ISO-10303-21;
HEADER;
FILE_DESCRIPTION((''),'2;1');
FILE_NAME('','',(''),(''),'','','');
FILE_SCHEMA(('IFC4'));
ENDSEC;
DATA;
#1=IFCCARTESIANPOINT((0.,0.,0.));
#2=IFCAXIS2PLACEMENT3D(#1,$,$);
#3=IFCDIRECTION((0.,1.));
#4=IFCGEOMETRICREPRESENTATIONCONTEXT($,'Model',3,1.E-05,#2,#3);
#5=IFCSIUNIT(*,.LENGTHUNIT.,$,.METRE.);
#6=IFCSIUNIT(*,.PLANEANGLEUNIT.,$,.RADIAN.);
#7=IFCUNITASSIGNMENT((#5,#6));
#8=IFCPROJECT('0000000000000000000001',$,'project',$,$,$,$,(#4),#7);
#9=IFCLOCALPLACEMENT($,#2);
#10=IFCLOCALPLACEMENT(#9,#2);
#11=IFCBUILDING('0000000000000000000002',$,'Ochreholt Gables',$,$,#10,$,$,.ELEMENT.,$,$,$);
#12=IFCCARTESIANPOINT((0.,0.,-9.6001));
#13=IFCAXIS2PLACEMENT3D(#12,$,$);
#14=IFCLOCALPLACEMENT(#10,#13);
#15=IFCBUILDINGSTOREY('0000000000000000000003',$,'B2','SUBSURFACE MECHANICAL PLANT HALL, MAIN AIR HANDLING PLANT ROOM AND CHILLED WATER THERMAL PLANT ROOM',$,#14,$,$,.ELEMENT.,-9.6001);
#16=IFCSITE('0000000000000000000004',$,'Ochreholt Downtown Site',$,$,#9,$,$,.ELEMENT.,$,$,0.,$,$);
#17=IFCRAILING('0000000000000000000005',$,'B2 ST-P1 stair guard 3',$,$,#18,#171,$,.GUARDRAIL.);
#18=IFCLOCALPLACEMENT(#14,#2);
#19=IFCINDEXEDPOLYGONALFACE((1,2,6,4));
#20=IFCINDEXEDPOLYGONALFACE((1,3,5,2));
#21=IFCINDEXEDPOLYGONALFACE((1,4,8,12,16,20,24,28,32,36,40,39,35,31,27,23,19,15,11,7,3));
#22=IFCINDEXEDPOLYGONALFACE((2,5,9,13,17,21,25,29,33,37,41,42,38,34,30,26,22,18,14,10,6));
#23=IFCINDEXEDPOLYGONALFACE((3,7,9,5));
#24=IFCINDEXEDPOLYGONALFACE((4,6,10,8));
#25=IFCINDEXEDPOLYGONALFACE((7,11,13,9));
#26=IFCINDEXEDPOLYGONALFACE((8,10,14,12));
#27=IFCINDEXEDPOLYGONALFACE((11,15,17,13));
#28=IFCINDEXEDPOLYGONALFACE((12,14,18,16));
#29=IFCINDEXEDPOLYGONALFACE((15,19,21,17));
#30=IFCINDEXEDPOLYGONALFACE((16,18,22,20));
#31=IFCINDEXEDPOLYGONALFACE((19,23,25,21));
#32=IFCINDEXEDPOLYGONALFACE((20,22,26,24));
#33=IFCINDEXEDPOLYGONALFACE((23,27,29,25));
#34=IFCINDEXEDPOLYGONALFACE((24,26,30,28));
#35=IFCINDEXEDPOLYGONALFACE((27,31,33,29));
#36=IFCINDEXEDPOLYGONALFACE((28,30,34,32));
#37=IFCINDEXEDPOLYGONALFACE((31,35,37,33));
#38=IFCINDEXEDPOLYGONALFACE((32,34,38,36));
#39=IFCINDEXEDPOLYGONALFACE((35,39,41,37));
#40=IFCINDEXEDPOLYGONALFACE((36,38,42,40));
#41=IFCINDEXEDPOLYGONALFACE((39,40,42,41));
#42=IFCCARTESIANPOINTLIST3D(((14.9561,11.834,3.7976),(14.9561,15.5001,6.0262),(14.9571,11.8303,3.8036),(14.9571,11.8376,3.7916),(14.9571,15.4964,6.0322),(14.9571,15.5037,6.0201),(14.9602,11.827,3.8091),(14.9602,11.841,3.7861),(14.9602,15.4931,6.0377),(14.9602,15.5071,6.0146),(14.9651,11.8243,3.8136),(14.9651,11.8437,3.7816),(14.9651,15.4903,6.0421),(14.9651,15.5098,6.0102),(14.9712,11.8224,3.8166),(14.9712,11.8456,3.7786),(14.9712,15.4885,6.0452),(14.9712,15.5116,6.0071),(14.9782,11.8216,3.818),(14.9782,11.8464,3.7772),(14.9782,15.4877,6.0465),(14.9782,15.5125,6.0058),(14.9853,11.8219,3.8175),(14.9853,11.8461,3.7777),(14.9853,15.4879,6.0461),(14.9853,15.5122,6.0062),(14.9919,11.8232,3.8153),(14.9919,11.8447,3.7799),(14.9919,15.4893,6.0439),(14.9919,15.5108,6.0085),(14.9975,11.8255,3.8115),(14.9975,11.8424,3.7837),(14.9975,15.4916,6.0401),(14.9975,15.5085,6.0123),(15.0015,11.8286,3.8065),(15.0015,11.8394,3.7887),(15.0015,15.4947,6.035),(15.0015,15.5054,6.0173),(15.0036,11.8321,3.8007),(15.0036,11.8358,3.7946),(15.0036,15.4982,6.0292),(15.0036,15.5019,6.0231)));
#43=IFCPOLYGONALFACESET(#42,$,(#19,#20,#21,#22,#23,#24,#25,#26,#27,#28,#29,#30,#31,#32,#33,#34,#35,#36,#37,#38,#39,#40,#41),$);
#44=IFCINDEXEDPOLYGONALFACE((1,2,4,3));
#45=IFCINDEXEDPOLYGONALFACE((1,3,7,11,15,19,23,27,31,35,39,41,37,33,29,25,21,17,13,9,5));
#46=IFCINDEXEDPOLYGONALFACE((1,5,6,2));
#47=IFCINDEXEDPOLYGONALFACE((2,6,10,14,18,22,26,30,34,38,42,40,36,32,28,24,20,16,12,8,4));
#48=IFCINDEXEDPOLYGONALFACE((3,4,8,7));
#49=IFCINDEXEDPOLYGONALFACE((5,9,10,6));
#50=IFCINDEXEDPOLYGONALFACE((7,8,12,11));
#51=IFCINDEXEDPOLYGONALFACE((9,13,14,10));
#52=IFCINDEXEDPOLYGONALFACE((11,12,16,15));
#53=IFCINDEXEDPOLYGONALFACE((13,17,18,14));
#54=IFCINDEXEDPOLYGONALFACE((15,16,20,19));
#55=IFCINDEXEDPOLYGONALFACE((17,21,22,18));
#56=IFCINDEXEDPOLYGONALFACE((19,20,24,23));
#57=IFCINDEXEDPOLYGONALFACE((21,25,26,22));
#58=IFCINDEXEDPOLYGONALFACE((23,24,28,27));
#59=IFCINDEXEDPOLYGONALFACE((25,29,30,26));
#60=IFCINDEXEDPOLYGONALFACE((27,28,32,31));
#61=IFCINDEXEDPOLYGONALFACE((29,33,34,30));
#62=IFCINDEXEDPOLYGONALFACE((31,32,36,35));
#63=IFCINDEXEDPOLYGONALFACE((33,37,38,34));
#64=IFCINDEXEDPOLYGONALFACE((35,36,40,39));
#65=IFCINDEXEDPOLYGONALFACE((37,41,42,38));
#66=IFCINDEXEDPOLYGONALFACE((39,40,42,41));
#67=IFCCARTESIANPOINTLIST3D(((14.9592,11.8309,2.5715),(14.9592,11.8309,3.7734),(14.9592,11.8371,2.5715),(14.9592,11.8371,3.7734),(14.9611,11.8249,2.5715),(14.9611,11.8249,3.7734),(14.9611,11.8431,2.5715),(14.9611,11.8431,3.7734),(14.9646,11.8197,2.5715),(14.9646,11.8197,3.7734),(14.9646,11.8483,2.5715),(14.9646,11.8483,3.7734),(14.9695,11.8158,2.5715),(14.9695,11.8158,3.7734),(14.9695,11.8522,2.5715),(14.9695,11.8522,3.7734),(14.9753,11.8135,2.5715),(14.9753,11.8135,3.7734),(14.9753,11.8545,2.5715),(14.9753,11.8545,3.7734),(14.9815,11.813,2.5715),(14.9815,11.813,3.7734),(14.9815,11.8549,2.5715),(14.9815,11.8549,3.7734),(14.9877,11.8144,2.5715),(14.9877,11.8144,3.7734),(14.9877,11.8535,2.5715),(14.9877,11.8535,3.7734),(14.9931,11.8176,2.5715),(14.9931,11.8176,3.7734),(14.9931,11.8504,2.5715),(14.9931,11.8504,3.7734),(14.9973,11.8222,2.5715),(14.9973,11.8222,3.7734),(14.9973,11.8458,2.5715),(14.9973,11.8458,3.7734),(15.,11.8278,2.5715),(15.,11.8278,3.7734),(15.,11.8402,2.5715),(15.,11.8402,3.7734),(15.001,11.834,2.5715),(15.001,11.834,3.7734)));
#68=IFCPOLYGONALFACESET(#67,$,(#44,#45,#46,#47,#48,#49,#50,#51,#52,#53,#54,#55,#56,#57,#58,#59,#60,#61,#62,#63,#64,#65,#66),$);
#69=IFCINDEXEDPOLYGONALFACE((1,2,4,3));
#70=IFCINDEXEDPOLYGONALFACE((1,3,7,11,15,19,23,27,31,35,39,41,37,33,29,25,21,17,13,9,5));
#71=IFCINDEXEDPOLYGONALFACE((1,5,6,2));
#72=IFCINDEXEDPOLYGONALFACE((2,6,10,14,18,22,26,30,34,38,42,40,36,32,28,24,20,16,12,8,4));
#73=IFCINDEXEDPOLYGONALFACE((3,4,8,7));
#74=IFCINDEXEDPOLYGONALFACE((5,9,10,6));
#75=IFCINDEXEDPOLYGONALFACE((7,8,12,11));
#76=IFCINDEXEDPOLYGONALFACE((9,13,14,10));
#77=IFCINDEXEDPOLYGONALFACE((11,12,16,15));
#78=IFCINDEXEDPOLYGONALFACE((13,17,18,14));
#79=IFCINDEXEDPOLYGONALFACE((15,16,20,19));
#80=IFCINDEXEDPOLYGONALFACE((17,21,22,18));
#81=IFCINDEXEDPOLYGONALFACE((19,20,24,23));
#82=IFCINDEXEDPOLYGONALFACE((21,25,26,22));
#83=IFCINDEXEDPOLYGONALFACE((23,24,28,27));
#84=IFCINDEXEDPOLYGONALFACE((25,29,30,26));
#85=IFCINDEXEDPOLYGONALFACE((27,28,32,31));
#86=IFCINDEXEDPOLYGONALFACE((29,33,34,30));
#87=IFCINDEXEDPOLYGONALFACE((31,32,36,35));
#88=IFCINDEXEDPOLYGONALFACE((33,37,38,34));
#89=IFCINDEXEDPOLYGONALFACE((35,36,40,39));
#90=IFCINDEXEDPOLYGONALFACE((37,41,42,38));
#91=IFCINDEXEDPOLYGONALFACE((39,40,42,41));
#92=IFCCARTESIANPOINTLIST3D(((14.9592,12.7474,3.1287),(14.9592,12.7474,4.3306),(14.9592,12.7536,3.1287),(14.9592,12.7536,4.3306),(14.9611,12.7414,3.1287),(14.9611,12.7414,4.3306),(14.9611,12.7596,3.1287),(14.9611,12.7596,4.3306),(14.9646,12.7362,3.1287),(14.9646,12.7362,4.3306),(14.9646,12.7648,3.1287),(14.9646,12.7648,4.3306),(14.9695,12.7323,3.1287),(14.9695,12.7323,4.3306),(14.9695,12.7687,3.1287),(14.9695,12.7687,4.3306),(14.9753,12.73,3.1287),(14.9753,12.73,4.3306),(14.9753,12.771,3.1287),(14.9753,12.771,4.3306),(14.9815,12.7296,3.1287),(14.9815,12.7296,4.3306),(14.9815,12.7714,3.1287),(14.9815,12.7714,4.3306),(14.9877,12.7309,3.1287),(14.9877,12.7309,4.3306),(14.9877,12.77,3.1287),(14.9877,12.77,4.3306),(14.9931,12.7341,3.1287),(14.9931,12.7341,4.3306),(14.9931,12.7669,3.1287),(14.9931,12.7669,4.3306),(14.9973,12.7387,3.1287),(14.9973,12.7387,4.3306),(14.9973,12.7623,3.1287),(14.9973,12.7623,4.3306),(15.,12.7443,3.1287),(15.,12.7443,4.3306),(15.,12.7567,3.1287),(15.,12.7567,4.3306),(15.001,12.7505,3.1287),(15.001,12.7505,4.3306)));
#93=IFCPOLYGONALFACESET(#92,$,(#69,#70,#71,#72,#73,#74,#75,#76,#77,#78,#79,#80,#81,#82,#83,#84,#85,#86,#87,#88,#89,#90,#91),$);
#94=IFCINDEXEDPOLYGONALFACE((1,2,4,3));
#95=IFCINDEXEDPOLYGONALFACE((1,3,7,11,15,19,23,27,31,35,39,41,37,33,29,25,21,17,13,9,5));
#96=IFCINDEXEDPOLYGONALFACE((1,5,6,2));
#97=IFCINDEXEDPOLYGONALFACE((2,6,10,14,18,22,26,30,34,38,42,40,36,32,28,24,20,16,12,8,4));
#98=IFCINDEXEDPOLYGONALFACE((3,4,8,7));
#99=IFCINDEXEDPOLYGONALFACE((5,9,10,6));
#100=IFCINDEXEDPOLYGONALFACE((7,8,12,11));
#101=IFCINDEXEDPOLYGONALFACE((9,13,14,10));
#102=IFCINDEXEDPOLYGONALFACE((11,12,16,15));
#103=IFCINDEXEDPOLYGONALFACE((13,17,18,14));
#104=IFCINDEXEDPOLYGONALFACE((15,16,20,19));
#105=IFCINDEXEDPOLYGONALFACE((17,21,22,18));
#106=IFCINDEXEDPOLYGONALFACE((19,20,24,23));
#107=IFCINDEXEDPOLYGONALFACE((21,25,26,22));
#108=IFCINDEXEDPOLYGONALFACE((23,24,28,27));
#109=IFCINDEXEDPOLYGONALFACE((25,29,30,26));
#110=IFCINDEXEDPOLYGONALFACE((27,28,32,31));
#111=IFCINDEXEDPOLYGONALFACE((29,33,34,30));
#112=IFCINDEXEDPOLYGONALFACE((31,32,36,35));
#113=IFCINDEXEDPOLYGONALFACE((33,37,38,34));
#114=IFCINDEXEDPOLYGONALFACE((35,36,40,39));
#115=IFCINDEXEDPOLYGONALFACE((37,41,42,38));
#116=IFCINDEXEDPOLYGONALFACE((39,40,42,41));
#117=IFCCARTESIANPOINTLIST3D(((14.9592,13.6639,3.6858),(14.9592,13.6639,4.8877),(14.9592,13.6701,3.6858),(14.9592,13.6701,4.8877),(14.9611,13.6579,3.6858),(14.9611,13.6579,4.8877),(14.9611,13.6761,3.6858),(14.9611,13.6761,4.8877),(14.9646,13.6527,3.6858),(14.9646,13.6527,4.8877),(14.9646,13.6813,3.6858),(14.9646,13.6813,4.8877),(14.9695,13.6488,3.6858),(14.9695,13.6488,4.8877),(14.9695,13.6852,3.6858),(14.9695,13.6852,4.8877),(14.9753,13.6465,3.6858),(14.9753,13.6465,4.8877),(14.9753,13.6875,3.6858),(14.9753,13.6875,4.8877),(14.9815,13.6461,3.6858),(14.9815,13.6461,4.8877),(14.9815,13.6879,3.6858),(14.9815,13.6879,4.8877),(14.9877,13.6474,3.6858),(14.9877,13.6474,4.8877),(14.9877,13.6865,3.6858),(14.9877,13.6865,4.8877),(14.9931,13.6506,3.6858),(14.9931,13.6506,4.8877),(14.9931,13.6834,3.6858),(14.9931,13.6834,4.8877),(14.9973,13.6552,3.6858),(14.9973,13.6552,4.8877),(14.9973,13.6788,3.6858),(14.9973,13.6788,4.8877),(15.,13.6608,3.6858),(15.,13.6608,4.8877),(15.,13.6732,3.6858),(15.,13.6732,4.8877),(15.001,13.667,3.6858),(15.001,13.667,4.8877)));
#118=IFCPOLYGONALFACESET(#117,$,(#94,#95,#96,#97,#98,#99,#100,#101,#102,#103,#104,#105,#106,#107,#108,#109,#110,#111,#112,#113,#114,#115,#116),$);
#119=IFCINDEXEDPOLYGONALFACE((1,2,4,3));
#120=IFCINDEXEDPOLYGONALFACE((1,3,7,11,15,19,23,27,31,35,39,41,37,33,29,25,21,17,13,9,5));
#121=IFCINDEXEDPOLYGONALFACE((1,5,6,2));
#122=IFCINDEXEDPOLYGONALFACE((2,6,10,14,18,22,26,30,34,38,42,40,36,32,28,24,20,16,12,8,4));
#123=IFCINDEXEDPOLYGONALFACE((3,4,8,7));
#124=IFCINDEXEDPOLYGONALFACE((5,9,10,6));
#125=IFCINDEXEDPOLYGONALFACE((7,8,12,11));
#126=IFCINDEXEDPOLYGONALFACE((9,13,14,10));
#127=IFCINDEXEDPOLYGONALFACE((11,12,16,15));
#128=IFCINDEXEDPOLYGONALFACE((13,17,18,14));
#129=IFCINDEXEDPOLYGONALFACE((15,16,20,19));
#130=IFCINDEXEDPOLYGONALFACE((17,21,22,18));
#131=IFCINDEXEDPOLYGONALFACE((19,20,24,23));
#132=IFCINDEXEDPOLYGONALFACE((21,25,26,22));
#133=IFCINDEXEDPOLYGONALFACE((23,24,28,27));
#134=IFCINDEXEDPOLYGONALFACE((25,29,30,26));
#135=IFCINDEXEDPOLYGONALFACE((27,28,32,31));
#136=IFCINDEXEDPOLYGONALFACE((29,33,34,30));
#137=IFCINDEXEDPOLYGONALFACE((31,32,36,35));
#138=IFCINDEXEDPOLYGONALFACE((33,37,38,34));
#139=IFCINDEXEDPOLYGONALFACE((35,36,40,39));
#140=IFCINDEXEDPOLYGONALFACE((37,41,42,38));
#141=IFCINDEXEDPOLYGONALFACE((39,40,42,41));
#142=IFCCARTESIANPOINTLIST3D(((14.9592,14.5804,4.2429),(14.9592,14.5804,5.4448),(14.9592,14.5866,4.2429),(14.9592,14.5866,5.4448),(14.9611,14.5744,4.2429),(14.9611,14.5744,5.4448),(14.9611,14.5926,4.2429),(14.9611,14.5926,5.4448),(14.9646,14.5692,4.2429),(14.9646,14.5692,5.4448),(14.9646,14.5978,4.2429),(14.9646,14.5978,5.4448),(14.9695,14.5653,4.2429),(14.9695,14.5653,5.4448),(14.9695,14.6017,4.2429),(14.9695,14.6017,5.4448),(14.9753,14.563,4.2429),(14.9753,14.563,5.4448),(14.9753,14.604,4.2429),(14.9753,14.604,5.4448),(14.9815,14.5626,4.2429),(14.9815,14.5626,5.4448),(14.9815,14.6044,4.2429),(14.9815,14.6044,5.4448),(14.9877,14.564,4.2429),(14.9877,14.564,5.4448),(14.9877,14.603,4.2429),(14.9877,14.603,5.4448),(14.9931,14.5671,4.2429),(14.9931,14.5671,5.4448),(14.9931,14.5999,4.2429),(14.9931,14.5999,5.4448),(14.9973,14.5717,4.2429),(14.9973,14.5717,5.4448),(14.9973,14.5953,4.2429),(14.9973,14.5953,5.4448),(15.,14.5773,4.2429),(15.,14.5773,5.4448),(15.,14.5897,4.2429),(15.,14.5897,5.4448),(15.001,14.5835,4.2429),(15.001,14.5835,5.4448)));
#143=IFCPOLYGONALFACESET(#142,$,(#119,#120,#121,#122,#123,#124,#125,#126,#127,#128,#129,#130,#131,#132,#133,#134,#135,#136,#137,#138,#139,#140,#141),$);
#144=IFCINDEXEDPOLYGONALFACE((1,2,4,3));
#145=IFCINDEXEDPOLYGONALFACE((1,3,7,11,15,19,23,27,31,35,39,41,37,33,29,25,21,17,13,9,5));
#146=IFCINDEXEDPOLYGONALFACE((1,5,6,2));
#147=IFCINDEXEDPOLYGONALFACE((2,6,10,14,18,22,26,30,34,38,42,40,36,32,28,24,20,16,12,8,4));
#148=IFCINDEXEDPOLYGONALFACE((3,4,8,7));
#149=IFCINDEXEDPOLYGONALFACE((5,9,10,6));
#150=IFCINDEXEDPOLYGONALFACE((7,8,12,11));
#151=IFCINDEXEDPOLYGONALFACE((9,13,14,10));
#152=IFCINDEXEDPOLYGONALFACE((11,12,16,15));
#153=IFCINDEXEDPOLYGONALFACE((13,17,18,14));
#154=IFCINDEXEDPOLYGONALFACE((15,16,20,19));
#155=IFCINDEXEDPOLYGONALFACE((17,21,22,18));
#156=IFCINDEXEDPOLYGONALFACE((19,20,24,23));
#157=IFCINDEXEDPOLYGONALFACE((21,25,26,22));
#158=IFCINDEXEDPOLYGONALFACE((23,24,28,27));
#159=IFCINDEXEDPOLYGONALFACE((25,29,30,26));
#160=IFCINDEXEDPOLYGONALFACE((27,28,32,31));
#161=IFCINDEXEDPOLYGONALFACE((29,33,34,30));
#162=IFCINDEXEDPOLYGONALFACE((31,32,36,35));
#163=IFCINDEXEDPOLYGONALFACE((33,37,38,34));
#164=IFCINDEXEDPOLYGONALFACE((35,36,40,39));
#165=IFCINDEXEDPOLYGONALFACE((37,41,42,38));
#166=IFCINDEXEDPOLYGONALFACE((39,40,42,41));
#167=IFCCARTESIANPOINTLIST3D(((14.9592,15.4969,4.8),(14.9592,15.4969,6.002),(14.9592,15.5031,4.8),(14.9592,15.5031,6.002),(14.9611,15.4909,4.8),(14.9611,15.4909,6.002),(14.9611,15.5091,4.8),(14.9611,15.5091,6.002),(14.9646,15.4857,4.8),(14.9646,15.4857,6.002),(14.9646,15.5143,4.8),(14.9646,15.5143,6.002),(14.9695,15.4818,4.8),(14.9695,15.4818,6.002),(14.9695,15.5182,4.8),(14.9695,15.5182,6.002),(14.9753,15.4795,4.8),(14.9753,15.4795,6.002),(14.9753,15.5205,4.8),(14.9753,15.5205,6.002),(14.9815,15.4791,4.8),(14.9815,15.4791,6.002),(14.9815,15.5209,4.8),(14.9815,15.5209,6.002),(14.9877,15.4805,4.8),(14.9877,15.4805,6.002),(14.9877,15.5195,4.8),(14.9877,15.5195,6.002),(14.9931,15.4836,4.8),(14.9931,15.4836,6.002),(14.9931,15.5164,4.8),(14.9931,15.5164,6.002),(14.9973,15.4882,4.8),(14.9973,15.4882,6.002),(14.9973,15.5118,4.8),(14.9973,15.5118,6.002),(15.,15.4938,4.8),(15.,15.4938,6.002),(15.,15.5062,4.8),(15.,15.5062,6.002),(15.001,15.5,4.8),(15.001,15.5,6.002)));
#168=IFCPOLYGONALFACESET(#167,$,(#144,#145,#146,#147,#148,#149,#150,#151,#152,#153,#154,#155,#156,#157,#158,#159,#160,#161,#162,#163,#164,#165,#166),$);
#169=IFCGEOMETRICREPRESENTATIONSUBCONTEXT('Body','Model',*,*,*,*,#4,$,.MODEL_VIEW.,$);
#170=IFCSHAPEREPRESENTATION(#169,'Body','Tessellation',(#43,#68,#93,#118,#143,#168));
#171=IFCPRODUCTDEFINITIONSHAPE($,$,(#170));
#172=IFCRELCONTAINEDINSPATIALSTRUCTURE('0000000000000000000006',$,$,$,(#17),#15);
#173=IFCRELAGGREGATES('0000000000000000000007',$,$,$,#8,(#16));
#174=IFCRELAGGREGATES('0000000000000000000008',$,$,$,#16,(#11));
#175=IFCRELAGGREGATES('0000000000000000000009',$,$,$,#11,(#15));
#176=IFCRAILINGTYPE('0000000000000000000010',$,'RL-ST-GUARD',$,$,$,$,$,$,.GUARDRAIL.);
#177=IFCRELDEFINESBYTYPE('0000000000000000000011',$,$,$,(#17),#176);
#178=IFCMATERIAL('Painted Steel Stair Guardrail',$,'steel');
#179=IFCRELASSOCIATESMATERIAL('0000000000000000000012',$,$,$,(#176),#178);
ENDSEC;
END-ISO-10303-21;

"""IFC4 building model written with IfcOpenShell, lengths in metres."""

from ifc_helpers import new_model, si_unit, direction, frame, origin, origin_2d, place, context, subcontext, project, spatial, circle, extrude, material, type_object, element, save


model = new_model("IFC4")

# Units and contexts
model_context = context("Model", 3, precision=1e-05, world=origin(), true_north=direction((0.0, 1.0)))
body_context = subcontext(model_context, "Body", "Model", "MODEL_VIEW")
ifc_project = project(units=[si_unit("LENGTHUNIT", "METRE"), si_unit("PLANEANGLEUNIT", "RADIAN")], contexts=[model_context])

# Site, building, storey
site_placement = place(None, origin())
site = spatial("IfcSite", under=ifc_project, at=site_placement, Name="Ochreholt Downtown Site", CompositionType="ELEMENT", RefElevation=0.0)
building_placement = place(site_placement, origin())
building = spatial("IfcBuilding", under=site, at=building_placement, Name="Ochreholt Gables", CompositionType="ELEMENT")
storey_placement = place(building_placement, frame((0.0, 0.0, -9.6001)))
storey = spatial("IfcBuildingStorey", under=building, at=storey_placement, Name="B2", Description="SUBSURFACE MECHANICAL PLANT HALL, MAIN AIR HANDLING PLANT ROOM AND CHILLED WATER THERMAL PLANT ROOM", CompositionType="ELEMENT", Elevation=-9.6001)

# Railing
ifc_material_1 = material(Name="Painted Steel Stair Guardrail", Category="steel")
railing_type_1 = type_object("IfcRailingType", Name="RL-ST-GUARD", PredefinedType="GUARDRAIL", material=ifc_material_1)
railing_1_placement = place(storey_placement, frame((14.98, 11.834, 2.5715)))
element("IfcRailing", 1, at=railing_1_placement, inside=storey, type_object=railing_type_1, Name="B2 ST-P1 stair guard 3", PredefinedType="GUARDRAIL", context=body_context, shape_type="SweptSolid", body=[
    extrude(circle(Radius=0.0239, at=origin_2d()), frame((0.0, 0.0, 1.2261), z_axis=(0.0, 0.854506, 0.519441), x_axis=(-1.0, 0.0, 0.0)), (0.0, 0.0, 1.0), 4.2903),
    extrude(circle(Radius=0.021, at=origin_2d()), origin(), (0.0, 0.0, 1.0), 1.2019),
    extrude(circle(Radius=0.021, at=origin_2d()), frame((0.0, 0.9165, 0.5571)), (0.0, 0.0, 1.0), 1.2019),
    extrude(circle(Radius=0.021, at=origin_2d()), frame((0.0, 1.833, 1.1143)), (0.0, 0.0, 1.0), 1.2019),
    extrude(circle(Radius=0.021, at=origin_2d()), frame((0.0, 2.7495, 1.6714)), (0.0, 0.0, 1.0), 1.2019),
    extrude(circle(Radius=0.021, at=origin_2d()), frame((0.0, 3.666, 2.2285)), (0.0, 0.0, 1.0), 1.2019),
])

save(model, "model.ifc")
